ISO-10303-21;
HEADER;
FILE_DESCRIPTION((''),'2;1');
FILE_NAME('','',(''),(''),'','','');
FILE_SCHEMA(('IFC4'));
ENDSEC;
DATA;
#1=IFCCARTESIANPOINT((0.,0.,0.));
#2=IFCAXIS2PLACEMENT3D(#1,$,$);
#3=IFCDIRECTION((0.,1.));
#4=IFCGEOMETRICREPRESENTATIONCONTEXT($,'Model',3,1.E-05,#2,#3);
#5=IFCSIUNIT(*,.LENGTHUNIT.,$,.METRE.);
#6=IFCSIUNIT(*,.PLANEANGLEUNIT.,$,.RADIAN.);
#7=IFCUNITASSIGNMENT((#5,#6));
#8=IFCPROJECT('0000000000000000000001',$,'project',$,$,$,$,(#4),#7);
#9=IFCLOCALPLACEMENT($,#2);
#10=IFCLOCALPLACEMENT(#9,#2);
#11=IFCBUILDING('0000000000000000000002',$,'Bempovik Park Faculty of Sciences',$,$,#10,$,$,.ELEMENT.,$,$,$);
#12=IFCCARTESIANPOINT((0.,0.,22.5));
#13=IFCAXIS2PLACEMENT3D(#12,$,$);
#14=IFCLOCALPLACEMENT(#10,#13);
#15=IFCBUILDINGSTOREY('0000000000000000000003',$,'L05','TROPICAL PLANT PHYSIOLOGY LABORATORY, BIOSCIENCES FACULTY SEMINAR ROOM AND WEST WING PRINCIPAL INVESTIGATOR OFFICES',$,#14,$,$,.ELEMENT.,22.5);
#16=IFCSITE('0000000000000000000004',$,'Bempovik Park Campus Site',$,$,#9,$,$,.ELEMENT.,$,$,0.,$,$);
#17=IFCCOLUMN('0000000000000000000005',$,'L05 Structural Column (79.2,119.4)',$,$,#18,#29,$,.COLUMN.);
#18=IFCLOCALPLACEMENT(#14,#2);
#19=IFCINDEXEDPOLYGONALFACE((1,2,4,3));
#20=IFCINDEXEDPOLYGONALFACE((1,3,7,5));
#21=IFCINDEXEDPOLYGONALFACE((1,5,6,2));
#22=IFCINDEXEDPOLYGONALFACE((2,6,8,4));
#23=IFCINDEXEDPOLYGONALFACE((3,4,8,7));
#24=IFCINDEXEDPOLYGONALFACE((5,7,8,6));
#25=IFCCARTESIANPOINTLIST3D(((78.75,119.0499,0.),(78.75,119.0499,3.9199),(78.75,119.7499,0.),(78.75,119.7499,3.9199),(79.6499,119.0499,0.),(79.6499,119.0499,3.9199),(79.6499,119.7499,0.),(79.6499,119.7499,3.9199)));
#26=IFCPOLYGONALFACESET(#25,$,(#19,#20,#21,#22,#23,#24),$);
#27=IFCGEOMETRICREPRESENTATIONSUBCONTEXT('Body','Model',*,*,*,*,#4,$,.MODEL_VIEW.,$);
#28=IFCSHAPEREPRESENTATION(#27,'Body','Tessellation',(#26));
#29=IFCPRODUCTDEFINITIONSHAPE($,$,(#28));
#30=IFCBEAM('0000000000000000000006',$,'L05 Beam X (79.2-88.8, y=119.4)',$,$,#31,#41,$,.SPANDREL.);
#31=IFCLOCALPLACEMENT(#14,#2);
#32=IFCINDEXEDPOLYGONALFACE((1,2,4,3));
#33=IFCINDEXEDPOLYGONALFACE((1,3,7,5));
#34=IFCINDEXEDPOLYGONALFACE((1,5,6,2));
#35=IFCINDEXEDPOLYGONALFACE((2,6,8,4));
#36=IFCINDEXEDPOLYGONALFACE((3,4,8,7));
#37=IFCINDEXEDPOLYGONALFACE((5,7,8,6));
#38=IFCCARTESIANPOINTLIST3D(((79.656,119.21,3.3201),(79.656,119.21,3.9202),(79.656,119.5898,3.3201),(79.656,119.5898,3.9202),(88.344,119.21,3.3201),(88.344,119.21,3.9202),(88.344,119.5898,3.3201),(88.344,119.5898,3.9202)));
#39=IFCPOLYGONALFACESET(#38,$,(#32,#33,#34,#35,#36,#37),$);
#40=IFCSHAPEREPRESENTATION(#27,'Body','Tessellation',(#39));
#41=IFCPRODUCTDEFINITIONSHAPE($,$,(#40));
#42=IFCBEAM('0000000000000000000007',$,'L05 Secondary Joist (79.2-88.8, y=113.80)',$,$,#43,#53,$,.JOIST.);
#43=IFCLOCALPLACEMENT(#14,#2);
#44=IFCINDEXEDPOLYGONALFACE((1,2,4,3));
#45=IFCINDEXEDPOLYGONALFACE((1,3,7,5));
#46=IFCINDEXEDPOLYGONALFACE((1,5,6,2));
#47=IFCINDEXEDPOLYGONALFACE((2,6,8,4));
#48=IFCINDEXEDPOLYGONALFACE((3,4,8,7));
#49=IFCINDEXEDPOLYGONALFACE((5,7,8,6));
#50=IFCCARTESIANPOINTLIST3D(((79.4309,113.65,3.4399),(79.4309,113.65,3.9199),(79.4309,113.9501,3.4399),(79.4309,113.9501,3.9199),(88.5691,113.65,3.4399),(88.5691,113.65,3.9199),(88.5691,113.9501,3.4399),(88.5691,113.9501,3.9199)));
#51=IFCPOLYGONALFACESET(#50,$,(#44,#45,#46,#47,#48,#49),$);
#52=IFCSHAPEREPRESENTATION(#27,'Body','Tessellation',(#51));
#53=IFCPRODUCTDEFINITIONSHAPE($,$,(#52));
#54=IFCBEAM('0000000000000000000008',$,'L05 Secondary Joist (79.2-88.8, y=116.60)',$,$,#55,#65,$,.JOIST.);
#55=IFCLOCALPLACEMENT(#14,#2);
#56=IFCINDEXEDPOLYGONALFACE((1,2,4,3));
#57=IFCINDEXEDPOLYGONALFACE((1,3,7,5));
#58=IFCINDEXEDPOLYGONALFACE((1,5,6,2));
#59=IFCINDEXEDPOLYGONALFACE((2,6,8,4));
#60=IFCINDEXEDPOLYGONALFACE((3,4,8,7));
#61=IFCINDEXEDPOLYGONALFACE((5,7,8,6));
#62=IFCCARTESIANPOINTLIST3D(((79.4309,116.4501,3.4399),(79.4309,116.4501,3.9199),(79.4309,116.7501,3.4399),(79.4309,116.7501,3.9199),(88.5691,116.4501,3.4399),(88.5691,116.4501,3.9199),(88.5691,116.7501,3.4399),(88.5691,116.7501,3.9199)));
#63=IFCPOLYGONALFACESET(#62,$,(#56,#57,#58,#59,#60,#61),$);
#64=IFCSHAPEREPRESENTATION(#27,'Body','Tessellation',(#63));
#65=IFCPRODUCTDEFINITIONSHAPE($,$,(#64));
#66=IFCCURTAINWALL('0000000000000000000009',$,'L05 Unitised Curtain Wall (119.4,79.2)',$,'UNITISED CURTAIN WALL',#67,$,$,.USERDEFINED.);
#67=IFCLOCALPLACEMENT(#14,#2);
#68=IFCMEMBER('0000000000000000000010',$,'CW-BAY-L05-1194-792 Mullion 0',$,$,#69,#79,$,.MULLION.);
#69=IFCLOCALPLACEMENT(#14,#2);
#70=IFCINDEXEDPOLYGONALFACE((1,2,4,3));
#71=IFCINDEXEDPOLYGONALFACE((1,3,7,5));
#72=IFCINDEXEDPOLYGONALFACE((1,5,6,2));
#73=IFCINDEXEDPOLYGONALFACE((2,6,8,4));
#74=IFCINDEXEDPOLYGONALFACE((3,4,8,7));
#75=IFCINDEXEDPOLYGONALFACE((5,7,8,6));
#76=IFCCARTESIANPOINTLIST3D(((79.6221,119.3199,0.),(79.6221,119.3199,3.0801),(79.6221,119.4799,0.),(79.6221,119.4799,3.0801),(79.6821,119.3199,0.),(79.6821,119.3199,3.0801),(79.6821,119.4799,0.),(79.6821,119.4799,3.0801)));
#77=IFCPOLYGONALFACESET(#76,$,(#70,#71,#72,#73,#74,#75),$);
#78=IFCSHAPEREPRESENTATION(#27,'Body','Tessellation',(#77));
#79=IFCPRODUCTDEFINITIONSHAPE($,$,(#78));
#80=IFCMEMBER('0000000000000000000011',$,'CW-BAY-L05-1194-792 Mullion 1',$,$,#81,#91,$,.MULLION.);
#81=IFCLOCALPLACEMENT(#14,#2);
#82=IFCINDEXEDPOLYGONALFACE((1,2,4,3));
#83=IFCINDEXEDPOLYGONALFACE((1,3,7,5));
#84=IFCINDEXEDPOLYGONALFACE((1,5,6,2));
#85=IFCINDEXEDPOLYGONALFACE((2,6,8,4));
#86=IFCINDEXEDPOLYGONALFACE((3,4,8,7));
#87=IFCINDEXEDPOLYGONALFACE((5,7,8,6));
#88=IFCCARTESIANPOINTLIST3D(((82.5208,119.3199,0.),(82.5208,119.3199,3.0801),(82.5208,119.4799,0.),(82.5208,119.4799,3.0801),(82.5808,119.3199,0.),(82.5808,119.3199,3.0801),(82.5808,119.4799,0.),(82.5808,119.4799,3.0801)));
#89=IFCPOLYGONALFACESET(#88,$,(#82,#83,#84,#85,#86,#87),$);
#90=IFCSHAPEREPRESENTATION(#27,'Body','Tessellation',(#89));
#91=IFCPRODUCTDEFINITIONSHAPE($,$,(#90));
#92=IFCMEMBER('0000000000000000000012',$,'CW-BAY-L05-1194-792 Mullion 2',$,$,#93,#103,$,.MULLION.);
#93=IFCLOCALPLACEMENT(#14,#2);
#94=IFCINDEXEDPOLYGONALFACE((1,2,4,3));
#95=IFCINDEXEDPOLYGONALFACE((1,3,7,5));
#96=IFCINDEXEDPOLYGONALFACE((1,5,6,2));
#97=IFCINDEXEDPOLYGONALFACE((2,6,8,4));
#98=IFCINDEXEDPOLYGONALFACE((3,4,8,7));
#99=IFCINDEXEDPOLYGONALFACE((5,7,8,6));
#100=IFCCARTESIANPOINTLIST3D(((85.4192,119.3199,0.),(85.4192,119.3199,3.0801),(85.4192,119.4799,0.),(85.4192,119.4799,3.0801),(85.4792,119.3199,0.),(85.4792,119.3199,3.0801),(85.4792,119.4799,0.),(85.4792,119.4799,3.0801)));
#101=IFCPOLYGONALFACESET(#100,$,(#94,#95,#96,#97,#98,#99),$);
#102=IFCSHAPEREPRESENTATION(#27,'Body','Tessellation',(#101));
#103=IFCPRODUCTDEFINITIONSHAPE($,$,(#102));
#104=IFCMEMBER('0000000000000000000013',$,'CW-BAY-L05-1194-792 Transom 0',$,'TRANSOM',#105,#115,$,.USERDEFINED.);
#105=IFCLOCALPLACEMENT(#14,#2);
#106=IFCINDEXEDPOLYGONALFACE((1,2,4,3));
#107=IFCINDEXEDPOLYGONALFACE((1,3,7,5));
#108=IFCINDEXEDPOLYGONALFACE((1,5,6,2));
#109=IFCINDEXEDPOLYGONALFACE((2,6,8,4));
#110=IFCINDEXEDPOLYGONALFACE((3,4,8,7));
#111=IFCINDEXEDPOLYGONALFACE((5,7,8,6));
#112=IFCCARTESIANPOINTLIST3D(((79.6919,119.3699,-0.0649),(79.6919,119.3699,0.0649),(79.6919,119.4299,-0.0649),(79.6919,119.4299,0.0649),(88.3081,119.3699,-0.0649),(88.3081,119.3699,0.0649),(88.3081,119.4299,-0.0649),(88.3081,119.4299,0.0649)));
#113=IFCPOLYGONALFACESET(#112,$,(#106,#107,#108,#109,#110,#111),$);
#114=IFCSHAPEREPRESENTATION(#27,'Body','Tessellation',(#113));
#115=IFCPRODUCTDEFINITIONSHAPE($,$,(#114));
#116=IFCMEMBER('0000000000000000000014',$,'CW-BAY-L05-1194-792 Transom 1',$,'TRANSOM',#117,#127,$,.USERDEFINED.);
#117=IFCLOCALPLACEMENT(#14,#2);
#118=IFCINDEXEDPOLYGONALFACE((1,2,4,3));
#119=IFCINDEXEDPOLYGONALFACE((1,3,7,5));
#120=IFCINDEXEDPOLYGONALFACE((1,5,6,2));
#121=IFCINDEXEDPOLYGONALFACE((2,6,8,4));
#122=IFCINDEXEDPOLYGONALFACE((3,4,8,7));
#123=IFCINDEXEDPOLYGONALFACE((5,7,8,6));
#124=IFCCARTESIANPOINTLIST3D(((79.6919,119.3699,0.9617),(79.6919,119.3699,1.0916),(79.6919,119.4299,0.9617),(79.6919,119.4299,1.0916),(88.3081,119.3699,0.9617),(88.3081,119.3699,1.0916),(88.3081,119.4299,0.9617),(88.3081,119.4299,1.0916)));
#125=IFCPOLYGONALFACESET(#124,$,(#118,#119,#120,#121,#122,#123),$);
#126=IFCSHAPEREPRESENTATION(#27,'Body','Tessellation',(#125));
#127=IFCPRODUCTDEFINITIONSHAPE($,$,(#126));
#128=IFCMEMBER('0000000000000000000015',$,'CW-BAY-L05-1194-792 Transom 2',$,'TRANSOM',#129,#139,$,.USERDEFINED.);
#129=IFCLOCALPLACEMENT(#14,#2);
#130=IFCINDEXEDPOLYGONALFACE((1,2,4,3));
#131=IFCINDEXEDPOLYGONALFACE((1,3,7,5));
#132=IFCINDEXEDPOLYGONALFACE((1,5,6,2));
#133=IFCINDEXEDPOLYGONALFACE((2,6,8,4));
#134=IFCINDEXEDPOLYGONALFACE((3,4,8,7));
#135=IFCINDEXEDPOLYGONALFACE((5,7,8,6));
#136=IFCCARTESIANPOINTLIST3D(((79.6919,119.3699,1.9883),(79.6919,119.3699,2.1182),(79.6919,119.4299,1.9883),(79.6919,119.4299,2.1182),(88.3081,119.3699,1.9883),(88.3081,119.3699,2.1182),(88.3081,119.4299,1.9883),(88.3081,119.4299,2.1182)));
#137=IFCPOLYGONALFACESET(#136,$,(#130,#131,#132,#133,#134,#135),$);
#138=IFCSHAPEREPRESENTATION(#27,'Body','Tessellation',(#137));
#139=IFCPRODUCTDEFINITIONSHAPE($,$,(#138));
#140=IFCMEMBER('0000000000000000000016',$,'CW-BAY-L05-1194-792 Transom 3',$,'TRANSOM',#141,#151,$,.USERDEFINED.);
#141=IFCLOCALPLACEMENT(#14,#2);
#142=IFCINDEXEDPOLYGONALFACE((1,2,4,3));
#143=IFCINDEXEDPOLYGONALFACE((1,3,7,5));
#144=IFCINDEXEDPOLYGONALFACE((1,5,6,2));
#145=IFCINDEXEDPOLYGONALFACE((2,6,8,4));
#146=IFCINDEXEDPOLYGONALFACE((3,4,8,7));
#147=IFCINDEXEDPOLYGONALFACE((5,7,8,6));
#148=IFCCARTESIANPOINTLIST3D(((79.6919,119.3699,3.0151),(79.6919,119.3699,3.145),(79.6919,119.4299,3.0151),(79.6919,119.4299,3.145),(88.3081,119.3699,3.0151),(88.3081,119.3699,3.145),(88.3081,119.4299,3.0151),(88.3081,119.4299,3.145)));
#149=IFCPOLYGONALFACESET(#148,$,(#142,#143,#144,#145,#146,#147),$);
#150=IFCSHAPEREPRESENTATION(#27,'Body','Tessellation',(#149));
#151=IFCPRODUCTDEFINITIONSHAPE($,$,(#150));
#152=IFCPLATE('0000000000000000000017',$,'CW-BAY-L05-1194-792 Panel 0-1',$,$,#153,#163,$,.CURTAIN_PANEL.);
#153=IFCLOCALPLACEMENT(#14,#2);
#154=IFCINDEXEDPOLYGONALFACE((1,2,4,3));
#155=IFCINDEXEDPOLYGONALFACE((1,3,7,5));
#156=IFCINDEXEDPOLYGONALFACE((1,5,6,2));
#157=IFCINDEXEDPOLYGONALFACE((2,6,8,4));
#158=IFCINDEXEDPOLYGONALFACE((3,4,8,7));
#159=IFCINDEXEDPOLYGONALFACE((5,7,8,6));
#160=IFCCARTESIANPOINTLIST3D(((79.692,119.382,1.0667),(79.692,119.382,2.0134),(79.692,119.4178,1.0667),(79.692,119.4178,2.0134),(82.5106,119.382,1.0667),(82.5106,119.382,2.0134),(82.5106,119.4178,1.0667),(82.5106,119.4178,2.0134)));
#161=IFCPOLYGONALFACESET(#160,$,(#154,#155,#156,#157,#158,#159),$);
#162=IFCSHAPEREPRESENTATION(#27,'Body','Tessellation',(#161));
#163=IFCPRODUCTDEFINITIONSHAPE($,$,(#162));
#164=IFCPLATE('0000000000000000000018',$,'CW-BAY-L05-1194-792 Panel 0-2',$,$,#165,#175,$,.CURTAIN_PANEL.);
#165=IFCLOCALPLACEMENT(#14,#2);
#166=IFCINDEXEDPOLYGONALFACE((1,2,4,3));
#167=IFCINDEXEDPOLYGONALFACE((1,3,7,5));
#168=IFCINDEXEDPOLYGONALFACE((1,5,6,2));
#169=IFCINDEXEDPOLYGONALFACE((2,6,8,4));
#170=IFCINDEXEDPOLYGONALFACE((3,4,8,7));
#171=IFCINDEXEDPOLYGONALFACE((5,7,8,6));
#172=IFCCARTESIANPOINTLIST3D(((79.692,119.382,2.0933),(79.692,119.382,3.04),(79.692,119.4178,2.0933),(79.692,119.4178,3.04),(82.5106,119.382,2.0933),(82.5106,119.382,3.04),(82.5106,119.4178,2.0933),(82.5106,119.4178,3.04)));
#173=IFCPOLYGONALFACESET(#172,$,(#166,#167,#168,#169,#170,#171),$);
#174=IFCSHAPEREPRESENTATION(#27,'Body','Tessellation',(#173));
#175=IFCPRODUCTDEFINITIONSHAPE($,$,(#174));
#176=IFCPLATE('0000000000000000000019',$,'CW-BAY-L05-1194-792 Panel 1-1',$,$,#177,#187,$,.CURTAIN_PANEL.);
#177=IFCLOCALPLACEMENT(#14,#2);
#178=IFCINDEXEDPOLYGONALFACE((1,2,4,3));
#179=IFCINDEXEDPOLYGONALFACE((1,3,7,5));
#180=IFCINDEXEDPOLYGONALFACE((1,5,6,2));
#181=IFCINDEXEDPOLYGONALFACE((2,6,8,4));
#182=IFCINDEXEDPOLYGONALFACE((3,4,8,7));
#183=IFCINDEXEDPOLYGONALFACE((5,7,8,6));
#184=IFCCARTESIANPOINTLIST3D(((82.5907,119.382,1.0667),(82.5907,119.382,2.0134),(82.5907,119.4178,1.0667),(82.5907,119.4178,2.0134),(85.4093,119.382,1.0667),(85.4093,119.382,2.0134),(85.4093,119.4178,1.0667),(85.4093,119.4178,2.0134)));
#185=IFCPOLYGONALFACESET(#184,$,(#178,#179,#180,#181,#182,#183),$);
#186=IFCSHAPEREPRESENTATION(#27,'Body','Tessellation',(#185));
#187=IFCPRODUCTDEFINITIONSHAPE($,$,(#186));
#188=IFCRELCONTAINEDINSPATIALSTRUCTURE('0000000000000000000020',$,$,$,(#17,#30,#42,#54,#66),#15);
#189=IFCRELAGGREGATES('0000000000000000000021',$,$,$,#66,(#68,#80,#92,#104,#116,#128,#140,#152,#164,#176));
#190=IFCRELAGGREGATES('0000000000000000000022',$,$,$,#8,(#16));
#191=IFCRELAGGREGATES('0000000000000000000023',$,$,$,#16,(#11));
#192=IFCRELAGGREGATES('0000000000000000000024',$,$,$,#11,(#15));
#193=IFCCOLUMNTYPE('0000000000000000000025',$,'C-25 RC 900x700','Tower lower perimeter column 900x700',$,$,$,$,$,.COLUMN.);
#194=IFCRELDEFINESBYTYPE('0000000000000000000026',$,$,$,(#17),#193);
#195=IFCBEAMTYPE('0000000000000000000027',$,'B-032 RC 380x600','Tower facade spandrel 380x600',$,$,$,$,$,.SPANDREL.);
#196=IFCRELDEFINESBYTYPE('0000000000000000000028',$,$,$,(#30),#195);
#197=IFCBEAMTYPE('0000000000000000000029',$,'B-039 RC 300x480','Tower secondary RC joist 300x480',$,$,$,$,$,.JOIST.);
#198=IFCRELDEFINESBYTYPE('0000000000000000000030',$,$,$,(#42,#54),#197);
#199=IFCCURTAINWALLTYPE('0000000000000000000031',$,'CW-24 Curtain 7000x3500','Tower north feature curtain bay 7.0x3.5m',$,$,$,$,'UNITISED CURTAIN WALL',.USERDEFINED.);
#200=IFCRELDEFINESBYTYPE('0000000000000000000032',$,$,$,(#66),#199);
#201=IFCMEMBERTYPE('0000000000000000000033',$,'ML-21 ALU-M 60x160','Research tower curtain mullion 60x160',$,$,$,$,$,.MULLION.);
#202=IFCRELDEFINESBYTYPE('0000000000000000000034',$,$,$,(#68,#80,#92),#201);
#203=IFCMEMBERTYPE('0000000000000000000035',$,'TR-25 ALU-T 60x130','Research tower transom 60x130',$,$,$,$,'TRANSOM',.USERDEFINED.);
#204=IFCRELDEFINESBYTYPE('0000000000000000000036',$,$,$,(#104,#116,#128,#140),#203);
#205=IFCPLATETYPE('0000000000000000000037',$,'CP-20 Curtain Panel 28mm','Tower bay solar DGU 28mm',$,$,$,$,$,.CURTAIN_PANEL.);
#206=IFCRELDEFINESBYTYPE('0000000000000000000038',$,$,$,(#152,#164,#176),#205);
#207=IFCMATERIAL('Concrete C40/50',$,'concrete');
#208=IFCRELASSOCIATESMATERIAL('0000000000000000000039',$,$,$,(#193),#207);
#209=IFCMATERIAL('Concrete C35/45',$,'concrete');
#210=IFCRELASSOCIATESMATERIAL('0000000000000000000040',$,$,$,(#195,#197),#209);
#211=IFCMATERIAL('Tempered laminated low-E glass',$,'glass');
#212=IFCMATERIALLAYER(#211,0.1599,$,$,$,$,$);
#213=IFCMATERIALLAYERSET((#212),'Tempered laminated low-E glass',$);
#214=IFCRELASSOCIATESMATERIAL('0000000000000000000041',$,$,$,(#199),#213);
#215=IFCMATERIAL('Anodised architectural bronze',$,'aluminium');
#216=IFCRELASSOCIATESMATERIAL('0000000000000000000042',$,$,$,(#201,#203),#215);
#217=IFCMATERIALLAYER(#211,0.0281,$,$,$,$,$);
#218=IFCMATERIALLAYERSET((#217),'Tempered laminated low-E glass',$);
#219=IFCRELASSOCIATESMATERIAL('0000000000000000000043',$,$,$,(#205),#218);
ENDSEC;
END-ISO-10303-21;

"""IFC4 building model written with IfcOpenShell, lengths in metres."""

from ifc_helpers import new_model, si_unit, direction, frame, origin, origin_2d, place, context, subcontext, project, spatial, rectangle, extrude, material, layer, layer_set, material_profile, profile_set, type_object, element, aggregate, save


model = new_model("IFC4")

# Units and contexts
model_context = context("Model", 3, precision=1e-05, world=origin(), true_north=direction((0.0, 1.0)))
body_context = subcontext(model_context, "Body", "Model", "MODEL_VIEW")
ifc_project = project(units=[si_unit("LENGTHUNIT", "METRE"), si_unit("PLANEANGLEUNIT", "RADIAN")], contexts=[model_context])

# Site, building, storey
site_placement = place(None, origin())
site = spatial("IfcSite", under=ifc_project, at=site_placement, Name="Bempovik Park Campus Site", CompositionType="ELEMENT", RefElevation=0.0)
building_placement = place(site_placement, origin())
building = spatial("IfcBuilding", under=site, at=building_placement, Name="Bempovik Park Faculty of Sciences", CompositionType="ELEMENT")
storey_placement = place(building_placement, frame((0.0, 0.0, 22.5)))
storey = spatial("IfcBuildingStorey", under=building, at=storey_placement, Name="L05", Description="TROPICAL PLANT PHYSIOLOGY LABORATORY, BIOSCIENCES FACULTY SEMINAR ROOM AND WEST WING PRINCIPAL INVESTIGATOR OFFICES", CompositionType="ELEMENT", Elevation=22.5)

# Column
ifc_material_1 = material(Name="Concrete C40/50", Category="concrete")
ifc_material_profile_1 = material_profile(ifc_material_1, rectangle(XDim=0.8999, YDim=0.7, at=origin_2d()), Name="RC 900x700")
ifc_profile_set_1 = profile_set([ifc_material_profile_1], Name="Concrete C40/50")
column_type = type_object("IfcColumnType", Name="C-25 RC 900x700", Description="Tower lower perimeter column 900x700", PredefinedType="COLUMN", material=ifc_profile_set_1)
column_placement = place(storey_placement, frame((79.2, 119.3999, 0.0), z_axis=(0.0, 0.0, 1.0), x_axis=(1.0, 0.0, 0.0)))
element("IfcColumn", 1, at=column_placement, inside=storey, type_object=column_type, Name="L05 Structural Column (79.2,119.4)", PredefinedType="COLUMN", context=body_context, shape_type="SweptSolid", body=[
    extrude(rectangle(XDim=0.8999, YDim=0.7, at=origin_2d()), origin(), (0.0, 0.0, 1.0), 3.9199),
])

# Beams
ifc_material_2 = material(Name="Concrete C35/45", Category="concrete")
ifc_material_profile_2 = material_profile(ifc_material_2, rectangle(XDim=0.3799, YDim=0.6001, at=origin_2d()), Name="RC 380x600")
ifc_profile_set_2 = profile_set([ifc_material_profile_2], Name="Concrete C35/45")
beam_type_1 = type_object("IfcBeamType", Name="B-032 RC 380x600", Description="Tower facade spandrel 380x600", PredefinedType="SPANDREL", material=ifc_profile_set_2)
beam_placement = place(storey_placement, frame((79.656, 119.3999, 3.6201), z_axis=(1.0, 0.0, 0.0), x_axis=(0.0, 1.0, 0.0)))
element("IfcBeam", 2, at=beam_placement, inside=storey, type_object=beam_type_1, Name="L05 Beam X (79.2-88.8, y=119.4)", PredefinedType="SPANDREL", context=body_context, shape_type="SweptSolid", body=[
    extrude(rectangle(XDim=0.3799, YDim=0.6001, at=origin_2d()), origin(), (0.0, 0.0, 1.0), 8.688),
])
ifc_material_profile_3 = material_profile(ifc_material_2, rectangle(XDim=0.3, YDim=0.48, at=origin_2d()), Name="RC 300x480")
ifc_profile_set_3 = profile_set([ifc_material_profile_3], Name="Concrete C35/45")
beam_type_2 = type_object("IfcBeamType", Name="B-039 RC 300x480", Description="Tower secondary RC joist 300x480", PredefinedType="JOIST", material=ifc_profile_set_3)
for number, where, z_axis, x_axis, name in (
    (3, (79.4309, 113.8, 3.6799), (1.0, 0.0, 0.0), (0.0, 1.0, 0.0), "L05 Secondary Joist (79.2-88.8, y=113.80)"),
    (4, (79.4309, 116.6001, 3.6799), (1.0, 0.0, 0.0), (0.0, 1.0, 0.0), "L05 Secondary Joist (79.2-88.8, y=116.60)"),
):
    element("IfcBeam", number, at=place(storey_placement, frame(where, z_axis=z_axis, x_axis=x_axis)), inside=storey, type_object=beam_type_2, Name=name, PredefinedType="JOIST", context=body_context, shape_type="SweptSolid", body=[
        extrude(rectangle(XDim=0.3, YDim=0.48, at=origin_2d()), origin(), (0.0, 0.0, 1.0), 9.1382),
    ])

# Curtain wall, members, plates
ifc_material_3 = material(Name="Tempered laminated low-E glass", Category="glass")
ifc_layer_1 = layer(ifc_material_3, 0.1599)
ifc_layer_set_1 = layer_set([ifc_layer_1], Name="Tempered laminated low-E glass")
curtain_wall_type = type_object("IfcCurtainWallType", Name="CW-24 Curtain 7000x3500", Description="Tower north feature curtain bay 7.0x3.5m", ElementType="UNITISED CURTAIN WALL", PredefinedType="USERDEFINED", material=ifc_layer_set_1)
curtain_wall_placement = place(storey_placement, origin())
curtain_wall = element("IfcCurtainWall", 5, at=curtain_wall_placement, inside=storey, type_object=curtain_wall_type, Name="L05 Unitised Curtain Wall (119.4,79.2)", ObjectType="UNITISED CURTAIN WALL", PredefinedType="USERDEFINED")
ifc_material_4 = material(Name="Anodised architectural bronze", Category="aluminium")
ifc_material_profile_4 = material_profile(ifc_material_4, rectangle(XDim=0.0601, YDim=0.1599, at=origin_2d()), Name="ALU-M 60x160")
ifc_profile_set_4 = profile_set([ifc_material_profile_4], Name="Anodised architectural bronze")
member_type_1 = type_object("IfcMemberType", Name="ML-21 ALU-M 60x160", Description="Research tower curtain mullion 60x160", PredefinedType="MULLION", material=ifc_profile_set_4)
member_1_placement = place(storey_placement, frame((79.6521, 119.3999, 0.0), z_axis=(0.0, 0.0, 1.0), x_axis=(1.0, 0.0, 0.0)))
member_1 = element("IfcMember", 6, at=member_1_placement, type_object=member_type_1, Name="CW-BAY-L05-1194-792 Mullion 0", PredefinedType="MULLION", context=body_context, shape_type="SweptSolid", body=[
    extrude(rectangle(XDim=0.0601, YDim=0.1599, at=origin_2d()), origin(), (0.0, 0.0, 1.0), 3.0801),
])
member_2_placement = place(storey_placement, frame((82.5508, 119.3999, 0.0), z_axis=(0.0, 0.0, 1.0), x_axis=(1.0, 0.0, 0.0)))
member_2 = element("IfcMember", 7, at=member_2_placement, type_object=member_type_1, Name="CW-BAY-L05-1194-792 Mullion 1", PredefinedType="MULLION", context=body_context, shape_type="SweptSolid", body=[
    extrude(rectangle(XDim=0.0601, YDim=0.1599, at=origin_2d()), origin(), (0.0, 0.0, 1.0), 3.0801),
])
member_3_placement = place(storey_placement, frame((85.4492, 119.3999, 0.0), z_axis=(0.0, 0.0, 1.0), x_axis=(1.0, 0.0, 0.0)))
member_3 = element("IfcMember", 8, at=member_3_placement, type_object=member_type_1, Name="CW-BAY-L05-1194-792 Mullion 2", PredefinedType="MULLION", context=body_context, shape_type="SweptSolid", body=[
    extrude(rectangle(XDim=0.0601, YDim=0.1599, at=origin_2d()), origin(), (0.0, 0.0, 1.0), 3.0801),
])
ifc_material_profile_5 = material_profile(ifc_material_4, rectangle(XDim=0.0601, YDim=0.1299, at=origin_2d()), Name="ALU-T 60x130")
ifc_profile_set_5 = profile_set([ifc_material_profile_5], Name="Anodised architectural bronze")
member_type_2 = type_object("IfcMemberType", Name="TR-25 ALU-T 60x130", Description="Research tower transom 60x130", ElementType="TRANSOM", PredefinedType="USERDEFINED", material=ifc_profile_set_5)
member_4_placement = place(storey_placement, frame((79.6919, 119.3999, 0.0), z_axis=(1.0, 0.0, 0.0), x_axis=(0.0, 1.0, 0.0)))
member_4 = element("IfcMember", 9, at=member_4_placement, type_object=member_type_2, Name="CW-BAY-L05-1194-792 Transom 0", ObjectType="TRANSOM", PredefinedType="USERDEFINED", context=body_context, shape_type="SweptSolid", body=[
    extrude(rectangle(XDim=0.0601, YDim=0.1299, at=origin_2d()), origin(), (0.0, 0.0, 1.0), 8.6162),
])
member_5_placement = place(storey_placement, frame((79.6919, 119.3999, 1.0266), z_axis=(1.0, 0.0, 0.0), x_axis=(0.0, 1.0, 0.0)))
member_5 = element("IfcMember", 10, at=member_5_placement, type_object=member_type_2, Name="CW-BAY-L05-1194-792 Transom 1", ObjectType="TRANSOM", PredefinedType="USERDEFINED", context=body_context, shape_type="SweptSolid", body=[
    extrude(rectangle(XDim=0.0601, YDim=0.1299, at=origin_2d()), origin(), (0.0, 0.0, 1.0), 8.6162),
])
member_6_placement = place(storey_placement, frame((79.6919, 119.3999, 2.0532), z_axis=(1.0, 0.0, 0.0), x_axis=(0.0, 1.0, 0.0)))
member_6 = element("IfcMember", 11, at=member_6_placement, type_object=member_type_2, Name="CW-BAY-L05-1194-792 Transom 2", ObjectType="TRANSOM", PredefinedType="USERDEFINED", context=body_context, shape_type="SweptSolid", body=[
    extrude(rectangle(XDim=0.0601, YDim=0.1299, at=origin_2d()), origin(), (0.0, 0.0, 1.0), 8.6162),
])
member_7_placement = place(storey_placement, frame((79.6919, 119.3999, 3.0801), z_axis=(1.0, 0.0, 0.0), x_axis=(0.0, 1.0, 0.0)))
member_7 = element("IfcMember", 12, at=member_7_placement, type_object=member_type_2, Name="CW-BAY-L05-1194-792 Transom 3", ObjectType="TRANSOM", PredefinedType="USERDEFINED", context=body_context, shape_type="SweptSolid", body=[
    extrude(rectangle(XDim=0.0601, YDim=0.1299, at=origin_2d()), origin(), (0.0, 0.0, 1.0), 8.6162),
])
ifc_layer_2 = layer(ifc_material_3, 0.0281)
ifc_layer_set_2 = layer_set([ifc_layer_2], Name="Tempered laminated low-E glass")
plate_type_1 = type_object("IfcPlateType", Name="CP-20 Curtain Panel 28mm", Description="Tower bay solar DGU 28mm", PredefinedType="CURTAIN_PANEL", material=ifc_layer_set_2)
plate_1_placement = place(storey_placement, frame((81.1013, 119.3999, 1.0667), z_axis=(0.0, 0.0, 1.0), x_axis=(1.0, 0.0, 0.0)))
plate_1 = element("IfcPlate", 13, at=plate_1_placement, type_object=plate_type_1, Name="CW-BAY-L05-1194-792 Panel 0-1", PredefinedType="CURTAIN_PANEL", context=body_context, shape_type="SweptSolid", body=[
    extrude(rectangle(XDim=2.8186, YDim=0.0359, at=origin_2d()), origin(), (0.0, 0.0, 1.0), 0.9468),
])
plate_2_placement = place(storey_placement, frame((81.1013, 119.3999, 2.0933), z_axis=(0.0, 0.0, 1.0), x_axis=(1.0, 0.0, 0.0)))
plate_2 = element("IfcPlate", 14, at=plate_2_placement, type_object=plate_type_1, Name="CW-BAY-L05-1194-792 Panel 0-2", PredefinedType="CURTAIN_PANEL", context=body_context, shape_type="SweptSolid", body=[
    extrude(rectangle(XDim=2.8186, YDim=0.0359, at=origin_2d()), origin(), (0.0, 0.0, 1.0), 0.9468),
])
plate_3_placement = place(storey_placement, frame((84.0, 119.3999, 1.0667), z_axis=(0.0, 0.0, 1.0), x_axis=(1.0, 0.0, 0.0)))
plate_3 = element("IfcPlate", 15, at=plate_3_placement, type_object=plate_type_1, Name="CW-BAY-L05-1194-792 Panel 1-1", PredefinedType="CURTAIN_PANEL", context=body_context, shape_type="SweptSolid", body=[
    extrude(rectangle(XDim=2.8186, YDim=0.0359, at=origin_2d()), origin(), (0.0, 0.0, 1.0), 0.9468),
])
aggregate(curtain_wall, [member_1, member_2, member_3, member_4, member_5, member_6, member_7, plate_1, plate_2, plate_3])

save(model, "model.ifc")
